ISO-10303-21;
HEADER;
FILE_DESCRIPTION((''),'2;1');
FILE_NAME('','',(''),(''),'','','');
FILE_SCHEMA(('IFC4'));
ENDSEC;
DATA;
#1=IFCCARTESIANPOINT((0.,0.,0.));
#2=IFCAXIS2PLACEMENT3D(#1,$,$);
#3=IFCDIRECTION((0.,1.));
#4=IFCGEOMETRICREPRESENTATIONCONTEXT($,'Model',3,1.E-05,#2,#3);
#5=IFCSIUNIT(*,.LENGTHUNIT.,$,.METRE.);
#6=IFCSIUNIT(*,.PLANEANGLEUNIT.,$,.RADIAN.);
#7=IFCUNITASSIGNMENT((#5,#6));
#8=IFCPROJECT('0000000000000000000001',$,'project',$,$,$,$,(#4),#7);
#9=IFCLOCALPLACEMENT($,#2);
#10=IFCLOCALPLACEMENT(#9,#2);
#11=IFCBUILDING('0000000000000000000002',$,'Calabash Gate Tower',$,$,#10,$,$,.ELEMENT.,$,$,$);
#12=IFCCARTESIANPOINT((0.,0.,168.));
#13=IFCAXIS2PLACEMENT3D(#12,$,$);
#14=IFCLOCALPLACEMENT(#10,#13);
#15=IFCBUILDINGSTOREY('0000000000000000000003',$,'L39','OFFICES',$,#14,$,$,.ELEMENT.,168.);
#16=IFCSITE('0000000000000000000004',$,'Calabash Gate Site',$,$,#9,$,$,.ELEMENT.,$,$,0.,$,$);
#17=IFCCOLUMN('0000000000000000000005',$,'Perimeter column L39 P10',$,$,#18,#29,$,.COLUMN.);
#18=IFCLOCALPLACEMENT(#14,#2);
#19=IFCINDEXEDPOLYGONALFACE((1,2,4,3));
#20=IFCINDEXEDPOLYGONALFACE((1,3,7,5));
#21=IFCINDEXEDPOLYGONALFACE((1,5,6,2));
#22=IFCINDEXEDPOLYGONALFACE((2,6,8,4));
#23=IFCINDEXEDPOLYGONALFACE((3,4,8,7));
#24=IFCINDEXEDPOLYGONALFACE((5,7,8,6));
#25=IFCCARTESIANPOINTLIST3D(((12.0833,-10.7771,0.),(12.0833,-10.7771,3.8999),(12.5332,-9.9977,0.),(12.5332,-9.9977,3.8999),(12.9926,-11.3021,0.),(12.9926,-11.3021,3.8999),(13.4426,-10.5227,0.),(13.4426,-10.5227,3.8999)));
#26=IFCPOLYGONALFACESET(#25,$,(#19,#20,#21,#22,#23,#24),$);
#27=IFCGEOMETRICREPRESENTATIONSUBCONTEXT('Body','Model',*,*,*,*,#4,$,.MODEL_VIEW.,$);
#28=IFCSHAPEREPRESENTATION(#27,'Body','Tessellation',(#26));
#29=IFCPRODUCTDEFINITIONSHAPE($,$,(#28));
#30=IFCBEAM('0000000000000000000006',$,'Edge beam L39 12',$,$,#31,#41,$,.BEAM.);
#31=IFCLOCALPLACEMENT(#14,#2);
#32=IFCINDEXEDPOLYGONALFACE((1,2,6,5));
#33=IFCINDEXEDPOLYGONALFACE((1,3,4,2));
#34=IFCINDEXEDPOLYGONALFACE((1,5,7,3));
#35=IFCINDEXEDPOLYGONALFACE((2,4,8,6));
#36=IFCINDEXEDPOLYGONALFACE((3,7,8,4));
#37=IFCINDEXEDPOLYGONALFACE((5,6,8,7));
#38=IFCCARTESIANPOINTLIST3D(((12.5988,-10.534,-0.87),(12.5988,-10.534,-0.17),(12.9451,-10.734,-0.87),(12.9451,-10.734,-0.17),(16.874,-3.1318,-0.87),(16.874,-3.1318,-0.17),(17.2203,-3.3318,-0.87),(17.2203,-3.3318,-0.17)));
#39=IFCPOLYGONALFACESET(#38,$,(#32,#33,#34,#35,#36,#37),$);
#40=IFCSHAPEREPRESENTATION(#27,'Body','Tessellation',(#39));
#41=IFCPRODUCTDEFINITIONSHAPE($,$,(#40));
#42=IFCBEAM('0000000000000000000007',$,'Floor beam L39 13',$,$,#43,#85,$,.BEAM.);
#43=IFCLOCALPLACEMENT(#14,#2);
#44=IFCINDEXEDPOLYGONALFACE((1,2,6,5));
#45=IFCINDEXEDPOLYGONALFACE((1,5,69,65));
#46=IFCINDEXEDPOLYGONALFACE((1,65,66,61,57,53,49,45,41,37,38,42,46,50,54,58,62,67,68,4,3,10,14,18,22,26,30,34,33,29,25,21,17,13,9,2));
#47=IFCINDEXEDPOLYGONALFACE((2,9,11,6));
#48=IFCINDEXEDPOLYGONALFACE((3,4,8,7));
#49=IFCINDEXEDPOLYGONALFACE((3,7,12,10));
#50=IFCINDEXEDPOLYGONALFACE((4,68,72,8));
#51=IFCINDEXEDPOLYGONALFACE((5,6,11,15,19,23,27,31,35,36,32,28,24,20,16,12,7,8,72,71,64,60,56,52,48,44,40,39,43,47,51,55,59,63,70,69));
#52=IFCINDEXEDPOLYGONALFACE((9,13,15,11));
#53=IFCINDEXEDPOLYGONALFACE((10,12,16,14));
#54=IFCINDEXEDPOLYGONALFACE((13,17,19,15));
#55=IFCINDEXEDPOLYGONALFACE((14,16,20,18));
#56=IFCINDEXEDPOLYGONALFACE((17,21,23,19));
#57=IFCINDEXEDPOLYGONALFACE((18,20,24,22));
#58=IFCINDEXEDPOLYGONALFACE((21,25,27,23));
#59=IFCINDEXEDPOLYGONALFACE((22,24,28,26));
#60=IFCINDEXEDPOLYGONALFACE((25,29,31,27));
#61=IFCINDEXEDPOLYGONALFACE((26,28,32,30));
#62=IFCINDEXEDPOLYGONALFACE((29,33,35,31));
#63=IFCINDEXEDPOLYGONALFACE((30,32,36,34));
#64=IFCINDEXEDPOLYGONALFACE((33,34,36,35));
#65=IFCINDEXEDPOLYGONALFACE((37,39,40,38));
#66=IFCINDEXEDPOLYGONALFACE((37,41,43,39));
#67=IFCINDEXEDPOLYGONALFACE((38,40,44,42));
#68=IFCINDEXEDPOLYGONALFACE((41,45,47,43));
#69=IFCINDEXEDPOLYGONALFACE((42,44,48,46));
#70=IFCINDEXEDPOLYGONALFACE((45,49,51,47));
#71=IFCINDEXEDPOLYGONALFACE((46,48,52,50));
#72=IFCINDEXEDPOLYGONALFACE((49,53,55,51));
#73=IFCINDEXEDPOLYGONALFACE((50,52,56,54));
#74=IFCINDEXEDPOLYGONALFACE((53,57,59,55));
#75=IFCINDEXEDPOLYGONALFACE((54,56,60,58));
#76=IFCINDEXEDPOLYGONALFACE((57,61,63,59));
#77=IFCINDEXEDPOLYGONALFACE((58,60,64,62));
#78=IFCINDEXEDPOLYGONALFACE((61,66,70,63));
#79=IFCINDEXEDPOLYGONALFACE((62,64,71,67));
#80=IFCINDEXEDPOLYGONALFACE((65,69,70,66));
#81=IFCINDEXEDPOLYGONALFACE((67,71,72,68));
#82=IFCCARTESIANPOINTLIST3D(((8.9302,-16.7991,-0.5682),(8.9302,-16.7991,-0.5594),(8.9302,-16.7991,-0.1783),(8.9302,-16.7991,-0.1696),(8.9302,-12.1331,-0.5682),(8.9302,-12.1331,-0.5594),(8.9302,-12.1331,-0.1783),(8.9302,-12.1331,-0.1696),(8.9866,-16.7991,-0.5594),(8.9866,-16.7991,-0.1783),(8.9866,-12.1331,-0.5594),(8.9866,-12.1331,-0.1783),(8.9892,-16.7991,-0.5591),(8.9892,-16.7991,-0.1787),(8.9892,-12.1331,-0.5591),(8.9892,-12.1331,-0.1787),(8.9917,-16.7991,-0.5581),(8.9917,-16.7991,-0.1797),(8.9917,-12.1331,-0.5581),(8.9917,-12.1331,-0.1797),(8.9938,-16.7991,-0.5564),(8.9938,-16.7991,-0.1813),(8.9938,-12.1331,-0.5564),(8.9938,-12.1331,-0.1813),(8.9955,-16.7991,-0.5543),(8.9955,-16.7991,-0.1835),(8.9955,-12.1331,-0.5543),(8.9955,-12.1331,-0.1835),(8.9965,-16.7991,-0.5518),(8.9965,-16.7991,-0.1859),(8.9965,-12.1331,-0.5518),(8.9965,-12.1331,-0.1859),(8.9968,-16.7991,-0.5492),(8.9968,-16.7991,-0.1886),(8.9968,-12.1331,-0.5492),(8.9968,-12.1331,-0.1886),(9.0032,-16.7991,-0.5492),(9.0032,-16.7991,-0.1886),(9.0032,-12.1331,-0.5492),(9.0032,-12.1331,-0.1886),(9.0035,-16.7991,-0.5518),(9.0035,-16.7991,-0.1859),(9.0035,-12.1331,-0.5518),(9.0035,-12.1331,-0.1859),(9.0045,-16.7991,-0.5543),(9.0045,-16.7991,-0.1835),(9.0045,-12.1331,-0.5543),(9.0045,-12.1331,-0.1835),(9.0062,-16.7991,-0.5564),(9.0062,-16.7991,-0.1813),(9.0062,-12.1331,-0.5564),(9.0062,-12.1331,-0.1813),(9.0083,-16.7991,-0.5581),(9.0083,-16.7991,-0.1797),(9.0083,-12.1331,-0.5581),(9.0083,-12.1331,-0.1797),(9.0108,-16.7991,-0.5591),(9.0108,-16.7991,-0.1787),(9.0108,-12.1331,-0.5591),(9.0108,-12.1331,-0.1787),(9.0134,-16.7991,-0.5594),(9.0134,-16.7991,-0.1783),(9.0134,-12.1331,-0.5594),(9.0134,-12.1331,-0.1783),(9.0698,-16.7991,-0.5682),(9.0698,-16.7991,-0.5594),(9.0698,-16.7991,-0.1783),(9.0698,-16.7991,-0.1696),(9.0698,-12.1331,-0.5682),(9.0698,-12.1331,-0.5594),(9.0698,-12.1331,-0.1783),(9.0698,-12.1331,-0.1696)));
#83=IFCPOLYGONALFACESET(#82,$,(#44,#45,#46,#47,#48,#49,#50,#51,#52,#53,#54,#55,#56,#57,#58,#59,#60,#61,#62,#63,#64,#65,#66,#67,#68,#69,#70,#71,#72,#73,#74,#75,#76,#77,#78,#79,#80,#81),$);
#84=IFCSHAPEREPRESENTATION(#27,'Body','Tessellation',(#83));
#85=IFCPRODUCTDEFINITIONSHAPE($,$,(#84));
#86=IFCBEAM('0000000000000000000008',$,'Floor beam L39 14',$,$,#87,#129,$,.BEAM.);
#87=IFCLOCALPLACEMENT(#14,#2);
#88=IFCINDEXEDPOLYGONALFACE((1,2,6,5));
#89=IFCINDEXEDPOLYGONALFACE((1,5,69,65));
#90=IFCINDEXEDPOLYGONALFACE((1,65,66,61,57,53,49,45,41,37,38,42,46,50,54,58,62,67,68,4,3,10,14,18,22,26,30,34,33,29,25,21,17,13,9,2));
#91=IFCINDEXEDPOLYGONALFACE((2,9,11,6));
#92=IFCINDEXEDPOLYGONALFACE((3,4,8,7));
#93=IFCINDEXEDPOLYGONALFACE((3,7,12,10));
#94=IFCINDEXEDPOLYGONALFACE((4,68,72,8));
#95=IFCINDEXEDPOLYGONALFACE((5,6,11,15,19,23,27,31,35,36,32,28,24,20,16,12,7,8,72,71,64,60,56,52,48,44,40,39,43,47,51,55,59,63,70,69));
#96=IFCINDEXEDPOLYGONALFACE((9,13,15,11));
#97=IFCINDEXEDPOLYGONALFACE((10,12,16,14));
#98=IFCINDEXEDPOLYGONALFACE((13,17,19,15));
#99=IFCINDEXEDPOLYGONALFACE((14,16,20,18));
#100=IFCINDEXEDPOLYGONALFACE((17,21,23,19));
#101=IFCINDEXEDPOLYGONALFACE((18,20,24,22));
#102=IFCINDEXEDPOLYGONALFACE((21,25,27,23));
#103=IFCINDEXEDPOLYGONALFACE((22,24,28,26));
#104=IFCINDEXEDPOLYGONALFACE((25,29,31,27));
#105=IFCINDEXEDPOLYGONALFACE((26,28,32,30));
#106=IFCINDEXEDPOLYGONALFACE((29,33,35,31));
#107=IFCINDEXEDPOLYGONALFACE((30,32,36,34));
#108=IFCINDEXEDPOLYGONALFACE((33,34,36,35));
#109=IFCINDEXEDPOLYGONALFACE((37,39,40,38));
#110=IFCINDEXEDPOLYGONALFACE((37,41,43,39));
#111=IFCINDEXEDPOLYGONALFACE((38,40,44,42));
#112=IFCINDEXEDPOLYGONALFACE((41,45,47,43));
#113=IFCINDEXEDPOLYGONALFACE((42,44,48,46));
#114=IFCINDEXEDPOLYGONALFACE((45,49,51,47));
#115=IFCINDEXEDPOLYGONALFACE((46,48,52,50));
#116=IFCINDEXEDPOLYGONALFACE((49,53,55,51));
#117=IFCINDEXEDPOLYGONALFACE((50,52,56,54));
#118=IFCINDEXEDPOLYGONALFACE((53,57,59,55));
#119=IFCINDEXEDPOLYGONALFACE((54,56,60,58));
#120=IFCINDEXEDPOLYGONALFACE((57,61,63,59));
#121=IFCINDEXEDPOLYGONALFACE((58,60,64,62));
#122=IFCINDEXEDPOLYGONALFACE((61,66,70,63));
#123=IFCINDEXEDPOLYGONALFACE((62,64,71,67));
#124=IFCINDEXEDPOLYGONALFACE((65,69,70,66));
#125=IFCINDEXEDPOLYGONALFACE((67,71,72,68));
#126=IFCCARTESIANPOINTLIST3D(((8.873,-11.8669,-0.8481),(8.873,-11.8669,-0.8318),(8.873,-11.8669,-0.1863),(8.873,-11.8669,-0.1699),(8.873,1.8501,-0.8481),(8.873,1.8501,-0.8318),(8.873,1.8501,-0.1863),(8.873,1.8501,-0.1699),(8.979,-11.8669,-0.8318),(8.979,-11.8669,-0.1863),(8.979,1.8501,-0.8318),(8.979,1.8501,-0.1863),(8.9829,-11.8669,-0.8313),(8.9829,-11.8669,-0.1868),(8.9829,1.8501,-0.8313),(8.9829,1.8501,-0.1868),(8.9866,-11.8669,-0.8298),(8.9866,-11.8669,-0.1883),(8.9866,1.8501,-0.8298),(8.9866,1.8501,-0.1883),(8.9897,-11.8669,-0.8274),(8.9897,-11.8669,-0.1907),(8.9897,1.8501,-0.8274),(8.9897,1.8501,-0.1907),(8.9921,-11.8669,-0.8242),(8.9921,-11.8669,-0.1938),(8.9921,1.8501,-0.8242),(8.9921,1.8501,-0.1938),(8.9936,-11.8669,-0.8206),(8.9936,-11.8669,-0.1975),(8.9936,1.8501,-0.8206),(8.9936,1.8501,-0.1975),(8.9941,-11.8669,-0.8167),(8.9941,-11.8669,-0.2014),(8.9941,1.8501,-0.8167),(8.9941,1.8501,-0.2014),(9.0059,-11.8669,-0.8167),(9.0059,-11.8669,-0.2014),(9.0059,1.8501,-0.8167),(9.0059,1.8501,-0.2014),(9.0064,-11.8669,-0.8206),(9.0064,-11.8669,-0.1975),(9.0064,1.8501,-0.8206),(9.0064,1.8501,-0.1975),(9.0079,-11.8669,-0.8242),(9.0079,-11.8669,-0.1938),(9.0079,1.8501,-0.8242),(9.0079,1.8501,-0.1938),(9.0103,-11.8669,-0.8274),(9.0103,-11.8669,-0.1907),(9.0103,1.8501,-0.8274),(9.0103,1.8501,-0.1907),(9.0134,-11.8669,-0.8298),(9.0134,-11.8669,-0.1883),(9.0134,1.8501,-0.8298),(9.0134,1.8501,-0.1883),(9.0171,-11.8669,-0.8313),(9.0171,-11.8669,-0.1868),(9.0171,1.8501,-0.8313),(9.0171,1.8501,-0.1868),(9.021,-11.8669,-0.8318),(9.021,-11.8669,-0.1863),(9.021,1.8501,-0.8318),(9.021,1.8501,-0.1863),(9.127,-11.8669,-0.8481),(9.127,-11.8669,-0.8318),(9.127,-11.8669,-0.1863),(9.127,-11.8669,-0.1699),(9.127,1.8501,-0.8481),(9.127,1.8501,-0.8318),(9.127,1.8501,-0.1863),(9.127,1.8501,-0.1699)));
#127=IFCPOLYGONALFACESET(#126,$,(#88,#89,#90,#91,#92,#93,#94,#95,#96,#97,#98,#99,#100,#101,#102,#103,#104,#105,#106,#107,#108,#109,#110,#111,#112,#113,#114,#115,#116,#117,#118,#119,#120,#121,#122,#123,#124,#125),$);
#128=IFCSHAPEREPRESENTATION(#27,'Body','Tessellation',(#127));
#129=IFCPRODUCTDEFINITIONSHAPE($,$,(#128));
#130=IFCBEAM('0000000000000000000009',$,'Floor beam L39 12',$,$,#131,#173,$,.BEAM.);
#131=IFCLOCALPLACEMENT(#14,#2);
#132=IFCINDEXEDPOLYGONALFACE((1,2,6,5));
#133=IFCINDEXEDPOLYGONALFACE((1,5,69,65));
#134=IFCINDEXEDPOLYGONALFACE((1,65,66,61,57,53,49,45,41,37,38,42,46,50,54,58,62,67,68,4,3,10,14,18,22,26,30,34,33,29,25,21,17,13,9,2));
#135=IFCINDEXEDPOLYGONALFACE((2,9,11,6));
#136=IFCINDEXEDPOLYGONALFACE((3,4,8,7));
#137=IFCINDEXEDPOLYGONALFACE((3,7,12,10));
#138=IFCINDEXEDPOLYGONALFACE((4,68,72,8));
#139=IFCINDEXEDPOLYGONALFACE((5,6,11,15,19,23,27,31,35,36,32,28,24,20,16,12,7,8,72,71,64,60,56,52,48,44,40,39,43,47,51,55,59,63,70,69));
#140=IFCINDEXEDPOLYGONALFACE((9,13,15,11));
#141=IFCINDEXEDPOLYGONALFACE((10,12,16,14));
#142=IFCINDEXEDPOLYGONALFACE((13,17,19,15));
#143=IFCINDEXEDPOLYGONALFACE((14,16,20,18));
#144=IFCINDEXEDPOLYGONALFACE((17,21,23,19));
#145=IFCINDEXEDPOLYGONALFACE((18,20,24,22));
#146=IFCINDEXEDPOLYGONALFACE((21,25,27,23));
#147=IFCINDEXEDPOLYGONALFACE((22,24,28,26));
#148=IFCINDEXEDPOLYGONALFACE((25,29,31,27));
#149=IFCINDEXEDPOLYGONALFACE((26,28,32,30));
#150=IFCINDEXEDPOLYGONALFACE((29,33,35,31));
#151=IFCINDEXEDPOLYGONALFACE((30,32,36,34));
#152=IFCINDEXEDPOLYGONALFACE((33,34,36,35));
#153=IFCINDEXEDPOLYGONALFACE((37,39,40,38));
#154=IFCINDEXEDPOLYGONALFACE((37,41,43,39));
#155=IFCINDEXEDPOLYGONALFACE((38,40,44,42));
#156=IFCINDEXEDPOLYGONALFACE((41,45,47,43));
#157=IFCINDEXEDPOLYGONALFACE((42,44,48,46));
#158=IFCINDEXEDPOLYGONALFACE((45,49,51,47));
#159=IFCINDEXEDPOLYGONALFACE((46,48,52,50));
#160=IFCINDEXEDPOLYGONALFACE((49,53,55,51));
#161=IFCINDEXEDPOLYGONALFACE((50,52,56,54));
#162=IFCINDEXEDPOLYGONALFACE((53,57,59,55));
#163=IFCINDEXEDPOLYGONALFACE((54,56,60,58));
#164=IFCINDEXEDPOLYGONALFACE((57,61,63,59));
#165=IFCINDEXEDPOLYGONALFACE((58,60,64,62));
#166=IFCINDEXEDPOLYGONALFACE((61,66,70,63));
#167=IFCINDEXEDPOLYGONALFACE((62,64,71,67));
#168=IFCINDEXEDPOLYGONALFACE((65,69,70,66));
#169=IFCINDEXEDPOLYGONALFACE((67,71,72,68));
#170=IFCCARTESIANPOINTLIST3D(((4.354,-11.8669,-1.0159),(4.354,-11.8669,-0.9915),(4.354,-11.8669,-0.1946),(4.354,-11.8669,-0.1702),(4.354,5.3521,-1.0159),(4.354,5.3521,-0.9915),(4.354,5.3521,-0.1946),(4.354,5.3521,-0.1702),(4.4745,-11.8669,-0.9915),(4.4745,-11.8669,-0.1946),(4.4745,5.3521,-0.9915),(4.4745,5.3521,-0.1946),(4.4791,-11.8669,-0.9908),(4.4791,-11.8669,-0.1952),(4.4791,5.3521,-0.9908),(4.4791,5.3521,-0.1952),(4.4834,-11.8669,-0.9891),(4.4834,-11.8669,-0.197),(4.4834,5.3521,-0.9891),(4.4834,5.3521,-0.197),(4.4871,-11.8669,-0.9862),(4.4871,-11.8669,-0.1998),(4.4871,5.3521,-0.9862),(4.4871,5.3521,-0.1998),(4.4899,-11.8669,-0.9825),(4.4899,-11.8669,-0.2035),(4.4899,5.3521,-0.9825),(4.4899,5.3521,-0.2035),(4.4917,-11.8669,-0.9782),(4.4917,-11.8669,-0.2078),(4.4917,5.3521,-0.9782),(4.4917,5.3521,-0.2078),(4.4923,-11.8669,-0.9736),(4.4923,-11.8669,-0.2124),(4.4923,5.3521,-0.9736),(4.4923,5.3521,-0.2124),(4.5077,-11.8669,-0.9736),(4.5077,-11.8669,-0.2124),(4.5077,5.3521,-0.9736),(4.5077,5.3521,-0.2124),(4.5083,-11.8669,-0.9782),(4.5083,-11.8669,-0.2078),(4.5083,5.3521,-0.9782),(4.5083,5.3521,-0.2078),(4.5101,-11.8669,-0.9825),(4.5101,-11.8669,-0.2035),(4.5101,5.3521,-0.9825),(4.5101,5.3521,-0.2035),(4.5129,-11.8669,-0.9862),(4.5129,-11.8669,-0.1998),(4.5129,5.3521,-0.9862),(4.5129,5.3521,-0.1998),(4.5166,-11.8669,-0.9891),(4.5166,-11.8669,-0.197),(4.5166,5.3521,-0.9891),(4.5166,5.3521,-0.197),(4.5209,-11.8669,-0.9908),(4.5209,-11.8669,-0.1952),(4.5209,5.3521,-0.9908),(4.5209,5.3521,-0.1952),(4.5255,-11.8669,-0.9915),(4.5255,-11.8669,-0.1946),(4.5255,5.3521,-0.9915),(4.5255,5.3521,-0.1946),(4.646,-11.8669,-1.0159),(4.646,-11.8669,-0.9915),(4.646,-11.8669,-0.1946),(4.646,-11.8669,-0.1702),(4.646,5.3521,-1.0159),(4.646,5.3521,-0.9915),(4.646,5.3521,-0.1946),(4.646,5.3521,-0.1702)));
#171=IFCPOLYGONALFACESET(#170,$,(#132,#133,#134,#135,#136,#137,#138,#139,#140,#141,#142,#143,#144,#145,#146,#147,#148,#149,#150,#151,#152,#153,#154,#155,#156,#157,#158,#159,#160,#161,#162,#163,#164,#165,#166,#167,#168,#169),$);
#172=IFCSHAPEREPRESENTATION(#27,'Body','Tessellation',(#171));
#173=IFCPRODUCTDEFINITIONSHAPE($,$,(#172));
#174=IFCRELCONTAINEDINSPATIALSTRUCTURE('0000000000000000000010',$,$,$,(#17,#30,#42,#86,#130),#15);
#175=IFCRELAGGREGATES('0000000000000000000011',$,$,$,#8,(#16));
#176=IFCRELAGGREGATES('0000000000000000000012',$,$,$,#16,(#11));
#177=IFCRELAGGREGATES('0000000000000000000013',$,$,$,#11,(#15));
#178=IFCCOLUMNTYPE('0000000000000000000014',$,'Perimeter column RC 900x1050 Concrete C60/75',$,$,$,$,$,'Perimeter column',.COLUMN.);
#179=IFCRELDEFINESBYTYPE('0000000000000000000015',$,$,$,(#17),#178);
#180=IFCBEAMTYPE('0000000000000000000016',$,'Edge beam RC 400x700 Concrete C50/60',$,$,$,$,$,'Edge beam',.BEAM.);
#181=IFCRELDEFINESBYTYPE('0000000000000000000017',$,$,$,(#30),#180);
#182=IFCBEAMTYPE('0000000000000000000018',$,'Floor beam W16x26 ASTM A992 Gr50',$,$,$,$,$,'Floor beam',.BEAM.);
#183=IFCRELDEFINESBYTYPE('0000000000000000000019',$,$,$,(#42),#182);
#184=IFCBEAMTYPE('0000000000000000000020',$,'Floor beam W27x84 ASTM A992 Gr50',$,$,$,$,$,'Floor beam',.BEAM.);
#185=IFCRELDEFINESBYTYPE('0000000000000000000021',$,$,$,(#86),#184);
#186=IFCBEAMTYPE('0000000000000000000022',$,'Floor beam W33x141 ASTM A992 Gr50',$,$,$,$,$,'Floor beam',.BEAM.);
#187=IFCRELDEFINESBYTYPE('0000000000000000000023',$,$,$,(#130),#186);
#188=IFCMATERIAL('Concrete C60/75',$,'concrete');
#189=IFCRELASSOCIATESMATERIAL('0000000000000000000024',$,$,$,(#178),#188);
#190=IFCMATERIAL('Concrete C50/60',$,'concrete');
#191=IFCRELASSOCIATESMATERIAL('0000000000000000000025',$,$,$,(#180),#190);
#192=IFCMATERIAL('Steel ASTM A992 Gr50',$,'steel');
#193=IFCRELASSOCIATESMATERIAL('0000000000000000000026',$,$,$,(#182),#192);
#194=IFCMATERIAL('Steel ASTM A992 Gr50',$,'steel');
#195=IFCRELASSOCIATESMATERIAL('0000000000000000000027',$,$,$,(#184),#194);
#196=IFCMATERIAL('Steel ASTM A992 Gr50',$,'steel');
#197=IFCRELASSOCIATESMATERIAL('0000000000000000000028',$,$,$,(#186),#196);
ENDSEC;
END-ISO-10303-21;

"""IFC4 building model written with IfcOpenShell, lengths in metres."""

from ifc_helpers import new_model, si_unit, direction, frame, origin, origin_2d, place, context, subcontext, project, spatial, rectangle, i_section, extrude, material, material_profile, profile_set, type_object, element, save


model = new_model("IFC4")

# Units and contexts
model_context = context("Model", 3, precision=1e-05, world=origin(), true_north=direction((0.0, 1.0)))
body_context = subcontext(model_context, "Body", "Model", "MODEL_VIEW")
ifc_project = project(units=[si_unit("LENGTHUNIT", "METRE"), si_unit("PLANEANGLEUNIT", "RADIAN")], contexts=[model_context])

# Site, building, storey
site_placement = place(None, origin())
site = spatial("IfcSite", under=ifc_project, at=site_placement, Name="Calabash Gate Site", CompositionType="ELEMENT", RefElevation=0.0)
building_placement = place(site_placement, origin())
building = spatial("IfcBuilding", under=site, at=building_placement, Name="Calabash Gate Tower", CompositionType="ELEMENT")
storey_placement = place(building_placement, frame((0.0, 0.0, 168.0)))
storey = spatial("IfcBuildingStorey", under=building, at=storey_placement, Name="L39", Description="OFFICES", CompositionType="ELEMENT", Elevation=168.0)

# Column
ifc_material_1 = material(Name="Concrete C60/75", Category="concrete")
ifc_material_profile_1 = material_profile(ifc_material_1, rectangle(XDim=0.8999, YDim=1.05, at=origin_2d()))
ifc_profile_set_1 = profile_set([ifc_material_profile_1], Name="Concrete C60/75")
column_type = type_object("IfcColumnType", Name="Perimeter column RC 900x1050 Concrete C60/75", ElementType="Perimeter column", PredefinedType="COLUMN", material=ifc_profile_set_1)
column_placement = place(storey_placement, frame((12.7629, -10.6499, 0.0), z_axis=(0.0, 0.0, 1.0), x_axis=(0.5, 0.866025, 0.0)))
element("IfcColumn", 1, at=column_placement, inside=storey, type_object=column_type, Name="Perimeter column L39 P10", PredefinedType="COLUMN", context=body_context, shape_type="SweptSolid", body=[
    extrude(rectangle(XDim=0.8999, YDim=1.05, at=origin_2d()), origin(), (0.0, 0.0, 1.0), 3.8999),
])

# Beams
ifc_material_2 = material(Name="Concrete C50/60", Category="concrete")
ifc_material_profile_2 = material_profile(ifc_material_2, rectangle(XDim=0.3999, YDim=0.7, at=origin_2d()))
ifc_profile_set_2 = profile_set([ifc_material_profile_2], Name="Concrete C50/60")
beam_type_1 = type_object("IfcBeamType", Name="Edge beam RC 400x700 Concrete C50/60", ElementType="Edge beam", PredefinedType="BEAM", material=ifc_profile_set_2)
beam_1_placement = place(storey_placement, frame((12.772, -10.634, -0.52), z_axis=(0.500135, 0.865947, 0.0), x_axis=(-0.865947, 0.500135, 0.0)))
element("IfcBeam", 2, at=beam_1_placement, inside=storey, type_object=beam_type_1, Name="Edge beam L39 12", PredefinedType="BEAM", context=body_context, shape_type="SweptSolid", body=[
    extrude(rectangle(XDim=0.3999, YDim=0.7, at=origin_2d()), origin(), (0.0, 0.0, 1.0), 8.5481),
])
ifc_material_3 = material(Name="Steel ASTM A992 Gr50", Category="steel")
ifc_material_profile_3 = material_profile(ifc_material_3, i_section(OverallWidth=0.1396, OverallDepth=0.3987, WebThickness=0.0063, FlangeThickness=0.0088, FilletRadius=0.0103, at=origin_2d()))
ifc_profile_set_3 = profile_set([ifc_material_profile_3], Name="Steel ASTM A992 Gr50")
beam_type_2 = type_object("IfcBeamType", Name="Floor beam W16x26 ASTM A992 Gr50", ElementType="Floor beam", PredefinedType="BEAM", material=ifc_profile_set_3)
beam_2_placement = place(storey_placement, frame((9.0, -16.7991, -0.3689), z_axis=(0.0, 1.0, 0.0), x_axis=(-1.0, 0.0, 0.0)))
element("IfcBeam", 3, at=beam_2_placement, inside=storey, type_object=beam_type_2, Name="Floor beam L39 13", PredefinedType="BEAM", context=body_context, shape_type="SweptSolid", body=[
    extrude(i_section(OverallWidth=0.1396, OverallDepth=0.3987, WebThickness=0.0063, FlangeThickness=0.0088, FilletRadius=0.0103, at=origin_2d()), origin(), (0.0, 0.0, 1.0), 4.666),
])
ifc_material_4 = material(Name="Steel ASTM A992 Gr50", Category="steel")
ifc_material_profile_4 = material_profile(ifc_material_4, i_section(OverallWidth=0.2539, OverallDepth=0.6782, WebThickness=0.0117, FlangeThickness=0.0164, FilletRadius=0.0151, at=origin_2d()))
ifc_profile_set_4 = profile_set([ifc_material_profile_4], Name="Steel ASTM A992 Gr50")
beam_type_3 = type_object("IfcBeamType", Name="Floor beam W27x84 ASTM A992 Gr50", ElementType="Floor beam", PredefinedType="BEAM", material=ifc_profile_set_4)
beam_3_placement = place(storey_placement, frame((9.0, -11.8669, -0.509), z_axis=(0.0, 1.0, 0.0), x_axis=(-1.0, 0.0, 0.0)))
element("IfcBeam", 4, at=beam_3_placement, inside=storey, type_object=beam_type_3, Name="Floor beam L39 14", PredefinedType="BEAM", context=body_context, shape_type="SweptSolid", body=[
    extrude(i_section(OverallWidth=0.2539, OverallDepth=0.6782, WebThickness=0.0117, FlangeThickness=0.0164, FilletRadius=0.0151, at=origin_2d()), origin(), (0.0, 0.0, 1.0), 13.717),
])
ifc_material_5 = material(Name="Steel ASTM A992 Gr50", Category="steel")
ifc_material_profile_5 = material_profile(ifc_material_5, i_section(OverallWidth=0.292, OverallDepth=0.8457, WebThickness=0.0154, FlangeThickness=0.0244, FilletRadius=0.0178, at=origin_2d()))
ifc_profile_set_5 = profile_set([ifc_material_profile_5], Name="Steel ASTM A992 Gr50")
beam_type_4 = type_object("IfcBeamType", Name="Floor beam W33x141 ASTM A992 Gr50", ElementType="Floor beam", PredefinedType="BEAM", material=ifc_profile_set_5)
beam_4_placement = place(storey_placement, frame((4.5, -11.8669, -0.593), z_axis=(0.0, 1.0, 0.0), x_axis=(-1.0, 0.0, 0.0)))
element("IfcBeam", 5, at=beam_4_placement, inside=storey, type_object=beam_type_4, Name="Floor beam L39 12", PredefinedType="BEAM", context=body_context, shape_type="SweptSolid", body=[
    extrude(i_section(OverallWidth=0.292, OverallDepth=0.8457, WebThickness=0.0154, FlangeThickness=0.0244, FilletRadius=0.0178, at=origin_2d()), origin(), (0.0, 0.0, 1.0), 17.219),
])

save(model, "model.ifc")
